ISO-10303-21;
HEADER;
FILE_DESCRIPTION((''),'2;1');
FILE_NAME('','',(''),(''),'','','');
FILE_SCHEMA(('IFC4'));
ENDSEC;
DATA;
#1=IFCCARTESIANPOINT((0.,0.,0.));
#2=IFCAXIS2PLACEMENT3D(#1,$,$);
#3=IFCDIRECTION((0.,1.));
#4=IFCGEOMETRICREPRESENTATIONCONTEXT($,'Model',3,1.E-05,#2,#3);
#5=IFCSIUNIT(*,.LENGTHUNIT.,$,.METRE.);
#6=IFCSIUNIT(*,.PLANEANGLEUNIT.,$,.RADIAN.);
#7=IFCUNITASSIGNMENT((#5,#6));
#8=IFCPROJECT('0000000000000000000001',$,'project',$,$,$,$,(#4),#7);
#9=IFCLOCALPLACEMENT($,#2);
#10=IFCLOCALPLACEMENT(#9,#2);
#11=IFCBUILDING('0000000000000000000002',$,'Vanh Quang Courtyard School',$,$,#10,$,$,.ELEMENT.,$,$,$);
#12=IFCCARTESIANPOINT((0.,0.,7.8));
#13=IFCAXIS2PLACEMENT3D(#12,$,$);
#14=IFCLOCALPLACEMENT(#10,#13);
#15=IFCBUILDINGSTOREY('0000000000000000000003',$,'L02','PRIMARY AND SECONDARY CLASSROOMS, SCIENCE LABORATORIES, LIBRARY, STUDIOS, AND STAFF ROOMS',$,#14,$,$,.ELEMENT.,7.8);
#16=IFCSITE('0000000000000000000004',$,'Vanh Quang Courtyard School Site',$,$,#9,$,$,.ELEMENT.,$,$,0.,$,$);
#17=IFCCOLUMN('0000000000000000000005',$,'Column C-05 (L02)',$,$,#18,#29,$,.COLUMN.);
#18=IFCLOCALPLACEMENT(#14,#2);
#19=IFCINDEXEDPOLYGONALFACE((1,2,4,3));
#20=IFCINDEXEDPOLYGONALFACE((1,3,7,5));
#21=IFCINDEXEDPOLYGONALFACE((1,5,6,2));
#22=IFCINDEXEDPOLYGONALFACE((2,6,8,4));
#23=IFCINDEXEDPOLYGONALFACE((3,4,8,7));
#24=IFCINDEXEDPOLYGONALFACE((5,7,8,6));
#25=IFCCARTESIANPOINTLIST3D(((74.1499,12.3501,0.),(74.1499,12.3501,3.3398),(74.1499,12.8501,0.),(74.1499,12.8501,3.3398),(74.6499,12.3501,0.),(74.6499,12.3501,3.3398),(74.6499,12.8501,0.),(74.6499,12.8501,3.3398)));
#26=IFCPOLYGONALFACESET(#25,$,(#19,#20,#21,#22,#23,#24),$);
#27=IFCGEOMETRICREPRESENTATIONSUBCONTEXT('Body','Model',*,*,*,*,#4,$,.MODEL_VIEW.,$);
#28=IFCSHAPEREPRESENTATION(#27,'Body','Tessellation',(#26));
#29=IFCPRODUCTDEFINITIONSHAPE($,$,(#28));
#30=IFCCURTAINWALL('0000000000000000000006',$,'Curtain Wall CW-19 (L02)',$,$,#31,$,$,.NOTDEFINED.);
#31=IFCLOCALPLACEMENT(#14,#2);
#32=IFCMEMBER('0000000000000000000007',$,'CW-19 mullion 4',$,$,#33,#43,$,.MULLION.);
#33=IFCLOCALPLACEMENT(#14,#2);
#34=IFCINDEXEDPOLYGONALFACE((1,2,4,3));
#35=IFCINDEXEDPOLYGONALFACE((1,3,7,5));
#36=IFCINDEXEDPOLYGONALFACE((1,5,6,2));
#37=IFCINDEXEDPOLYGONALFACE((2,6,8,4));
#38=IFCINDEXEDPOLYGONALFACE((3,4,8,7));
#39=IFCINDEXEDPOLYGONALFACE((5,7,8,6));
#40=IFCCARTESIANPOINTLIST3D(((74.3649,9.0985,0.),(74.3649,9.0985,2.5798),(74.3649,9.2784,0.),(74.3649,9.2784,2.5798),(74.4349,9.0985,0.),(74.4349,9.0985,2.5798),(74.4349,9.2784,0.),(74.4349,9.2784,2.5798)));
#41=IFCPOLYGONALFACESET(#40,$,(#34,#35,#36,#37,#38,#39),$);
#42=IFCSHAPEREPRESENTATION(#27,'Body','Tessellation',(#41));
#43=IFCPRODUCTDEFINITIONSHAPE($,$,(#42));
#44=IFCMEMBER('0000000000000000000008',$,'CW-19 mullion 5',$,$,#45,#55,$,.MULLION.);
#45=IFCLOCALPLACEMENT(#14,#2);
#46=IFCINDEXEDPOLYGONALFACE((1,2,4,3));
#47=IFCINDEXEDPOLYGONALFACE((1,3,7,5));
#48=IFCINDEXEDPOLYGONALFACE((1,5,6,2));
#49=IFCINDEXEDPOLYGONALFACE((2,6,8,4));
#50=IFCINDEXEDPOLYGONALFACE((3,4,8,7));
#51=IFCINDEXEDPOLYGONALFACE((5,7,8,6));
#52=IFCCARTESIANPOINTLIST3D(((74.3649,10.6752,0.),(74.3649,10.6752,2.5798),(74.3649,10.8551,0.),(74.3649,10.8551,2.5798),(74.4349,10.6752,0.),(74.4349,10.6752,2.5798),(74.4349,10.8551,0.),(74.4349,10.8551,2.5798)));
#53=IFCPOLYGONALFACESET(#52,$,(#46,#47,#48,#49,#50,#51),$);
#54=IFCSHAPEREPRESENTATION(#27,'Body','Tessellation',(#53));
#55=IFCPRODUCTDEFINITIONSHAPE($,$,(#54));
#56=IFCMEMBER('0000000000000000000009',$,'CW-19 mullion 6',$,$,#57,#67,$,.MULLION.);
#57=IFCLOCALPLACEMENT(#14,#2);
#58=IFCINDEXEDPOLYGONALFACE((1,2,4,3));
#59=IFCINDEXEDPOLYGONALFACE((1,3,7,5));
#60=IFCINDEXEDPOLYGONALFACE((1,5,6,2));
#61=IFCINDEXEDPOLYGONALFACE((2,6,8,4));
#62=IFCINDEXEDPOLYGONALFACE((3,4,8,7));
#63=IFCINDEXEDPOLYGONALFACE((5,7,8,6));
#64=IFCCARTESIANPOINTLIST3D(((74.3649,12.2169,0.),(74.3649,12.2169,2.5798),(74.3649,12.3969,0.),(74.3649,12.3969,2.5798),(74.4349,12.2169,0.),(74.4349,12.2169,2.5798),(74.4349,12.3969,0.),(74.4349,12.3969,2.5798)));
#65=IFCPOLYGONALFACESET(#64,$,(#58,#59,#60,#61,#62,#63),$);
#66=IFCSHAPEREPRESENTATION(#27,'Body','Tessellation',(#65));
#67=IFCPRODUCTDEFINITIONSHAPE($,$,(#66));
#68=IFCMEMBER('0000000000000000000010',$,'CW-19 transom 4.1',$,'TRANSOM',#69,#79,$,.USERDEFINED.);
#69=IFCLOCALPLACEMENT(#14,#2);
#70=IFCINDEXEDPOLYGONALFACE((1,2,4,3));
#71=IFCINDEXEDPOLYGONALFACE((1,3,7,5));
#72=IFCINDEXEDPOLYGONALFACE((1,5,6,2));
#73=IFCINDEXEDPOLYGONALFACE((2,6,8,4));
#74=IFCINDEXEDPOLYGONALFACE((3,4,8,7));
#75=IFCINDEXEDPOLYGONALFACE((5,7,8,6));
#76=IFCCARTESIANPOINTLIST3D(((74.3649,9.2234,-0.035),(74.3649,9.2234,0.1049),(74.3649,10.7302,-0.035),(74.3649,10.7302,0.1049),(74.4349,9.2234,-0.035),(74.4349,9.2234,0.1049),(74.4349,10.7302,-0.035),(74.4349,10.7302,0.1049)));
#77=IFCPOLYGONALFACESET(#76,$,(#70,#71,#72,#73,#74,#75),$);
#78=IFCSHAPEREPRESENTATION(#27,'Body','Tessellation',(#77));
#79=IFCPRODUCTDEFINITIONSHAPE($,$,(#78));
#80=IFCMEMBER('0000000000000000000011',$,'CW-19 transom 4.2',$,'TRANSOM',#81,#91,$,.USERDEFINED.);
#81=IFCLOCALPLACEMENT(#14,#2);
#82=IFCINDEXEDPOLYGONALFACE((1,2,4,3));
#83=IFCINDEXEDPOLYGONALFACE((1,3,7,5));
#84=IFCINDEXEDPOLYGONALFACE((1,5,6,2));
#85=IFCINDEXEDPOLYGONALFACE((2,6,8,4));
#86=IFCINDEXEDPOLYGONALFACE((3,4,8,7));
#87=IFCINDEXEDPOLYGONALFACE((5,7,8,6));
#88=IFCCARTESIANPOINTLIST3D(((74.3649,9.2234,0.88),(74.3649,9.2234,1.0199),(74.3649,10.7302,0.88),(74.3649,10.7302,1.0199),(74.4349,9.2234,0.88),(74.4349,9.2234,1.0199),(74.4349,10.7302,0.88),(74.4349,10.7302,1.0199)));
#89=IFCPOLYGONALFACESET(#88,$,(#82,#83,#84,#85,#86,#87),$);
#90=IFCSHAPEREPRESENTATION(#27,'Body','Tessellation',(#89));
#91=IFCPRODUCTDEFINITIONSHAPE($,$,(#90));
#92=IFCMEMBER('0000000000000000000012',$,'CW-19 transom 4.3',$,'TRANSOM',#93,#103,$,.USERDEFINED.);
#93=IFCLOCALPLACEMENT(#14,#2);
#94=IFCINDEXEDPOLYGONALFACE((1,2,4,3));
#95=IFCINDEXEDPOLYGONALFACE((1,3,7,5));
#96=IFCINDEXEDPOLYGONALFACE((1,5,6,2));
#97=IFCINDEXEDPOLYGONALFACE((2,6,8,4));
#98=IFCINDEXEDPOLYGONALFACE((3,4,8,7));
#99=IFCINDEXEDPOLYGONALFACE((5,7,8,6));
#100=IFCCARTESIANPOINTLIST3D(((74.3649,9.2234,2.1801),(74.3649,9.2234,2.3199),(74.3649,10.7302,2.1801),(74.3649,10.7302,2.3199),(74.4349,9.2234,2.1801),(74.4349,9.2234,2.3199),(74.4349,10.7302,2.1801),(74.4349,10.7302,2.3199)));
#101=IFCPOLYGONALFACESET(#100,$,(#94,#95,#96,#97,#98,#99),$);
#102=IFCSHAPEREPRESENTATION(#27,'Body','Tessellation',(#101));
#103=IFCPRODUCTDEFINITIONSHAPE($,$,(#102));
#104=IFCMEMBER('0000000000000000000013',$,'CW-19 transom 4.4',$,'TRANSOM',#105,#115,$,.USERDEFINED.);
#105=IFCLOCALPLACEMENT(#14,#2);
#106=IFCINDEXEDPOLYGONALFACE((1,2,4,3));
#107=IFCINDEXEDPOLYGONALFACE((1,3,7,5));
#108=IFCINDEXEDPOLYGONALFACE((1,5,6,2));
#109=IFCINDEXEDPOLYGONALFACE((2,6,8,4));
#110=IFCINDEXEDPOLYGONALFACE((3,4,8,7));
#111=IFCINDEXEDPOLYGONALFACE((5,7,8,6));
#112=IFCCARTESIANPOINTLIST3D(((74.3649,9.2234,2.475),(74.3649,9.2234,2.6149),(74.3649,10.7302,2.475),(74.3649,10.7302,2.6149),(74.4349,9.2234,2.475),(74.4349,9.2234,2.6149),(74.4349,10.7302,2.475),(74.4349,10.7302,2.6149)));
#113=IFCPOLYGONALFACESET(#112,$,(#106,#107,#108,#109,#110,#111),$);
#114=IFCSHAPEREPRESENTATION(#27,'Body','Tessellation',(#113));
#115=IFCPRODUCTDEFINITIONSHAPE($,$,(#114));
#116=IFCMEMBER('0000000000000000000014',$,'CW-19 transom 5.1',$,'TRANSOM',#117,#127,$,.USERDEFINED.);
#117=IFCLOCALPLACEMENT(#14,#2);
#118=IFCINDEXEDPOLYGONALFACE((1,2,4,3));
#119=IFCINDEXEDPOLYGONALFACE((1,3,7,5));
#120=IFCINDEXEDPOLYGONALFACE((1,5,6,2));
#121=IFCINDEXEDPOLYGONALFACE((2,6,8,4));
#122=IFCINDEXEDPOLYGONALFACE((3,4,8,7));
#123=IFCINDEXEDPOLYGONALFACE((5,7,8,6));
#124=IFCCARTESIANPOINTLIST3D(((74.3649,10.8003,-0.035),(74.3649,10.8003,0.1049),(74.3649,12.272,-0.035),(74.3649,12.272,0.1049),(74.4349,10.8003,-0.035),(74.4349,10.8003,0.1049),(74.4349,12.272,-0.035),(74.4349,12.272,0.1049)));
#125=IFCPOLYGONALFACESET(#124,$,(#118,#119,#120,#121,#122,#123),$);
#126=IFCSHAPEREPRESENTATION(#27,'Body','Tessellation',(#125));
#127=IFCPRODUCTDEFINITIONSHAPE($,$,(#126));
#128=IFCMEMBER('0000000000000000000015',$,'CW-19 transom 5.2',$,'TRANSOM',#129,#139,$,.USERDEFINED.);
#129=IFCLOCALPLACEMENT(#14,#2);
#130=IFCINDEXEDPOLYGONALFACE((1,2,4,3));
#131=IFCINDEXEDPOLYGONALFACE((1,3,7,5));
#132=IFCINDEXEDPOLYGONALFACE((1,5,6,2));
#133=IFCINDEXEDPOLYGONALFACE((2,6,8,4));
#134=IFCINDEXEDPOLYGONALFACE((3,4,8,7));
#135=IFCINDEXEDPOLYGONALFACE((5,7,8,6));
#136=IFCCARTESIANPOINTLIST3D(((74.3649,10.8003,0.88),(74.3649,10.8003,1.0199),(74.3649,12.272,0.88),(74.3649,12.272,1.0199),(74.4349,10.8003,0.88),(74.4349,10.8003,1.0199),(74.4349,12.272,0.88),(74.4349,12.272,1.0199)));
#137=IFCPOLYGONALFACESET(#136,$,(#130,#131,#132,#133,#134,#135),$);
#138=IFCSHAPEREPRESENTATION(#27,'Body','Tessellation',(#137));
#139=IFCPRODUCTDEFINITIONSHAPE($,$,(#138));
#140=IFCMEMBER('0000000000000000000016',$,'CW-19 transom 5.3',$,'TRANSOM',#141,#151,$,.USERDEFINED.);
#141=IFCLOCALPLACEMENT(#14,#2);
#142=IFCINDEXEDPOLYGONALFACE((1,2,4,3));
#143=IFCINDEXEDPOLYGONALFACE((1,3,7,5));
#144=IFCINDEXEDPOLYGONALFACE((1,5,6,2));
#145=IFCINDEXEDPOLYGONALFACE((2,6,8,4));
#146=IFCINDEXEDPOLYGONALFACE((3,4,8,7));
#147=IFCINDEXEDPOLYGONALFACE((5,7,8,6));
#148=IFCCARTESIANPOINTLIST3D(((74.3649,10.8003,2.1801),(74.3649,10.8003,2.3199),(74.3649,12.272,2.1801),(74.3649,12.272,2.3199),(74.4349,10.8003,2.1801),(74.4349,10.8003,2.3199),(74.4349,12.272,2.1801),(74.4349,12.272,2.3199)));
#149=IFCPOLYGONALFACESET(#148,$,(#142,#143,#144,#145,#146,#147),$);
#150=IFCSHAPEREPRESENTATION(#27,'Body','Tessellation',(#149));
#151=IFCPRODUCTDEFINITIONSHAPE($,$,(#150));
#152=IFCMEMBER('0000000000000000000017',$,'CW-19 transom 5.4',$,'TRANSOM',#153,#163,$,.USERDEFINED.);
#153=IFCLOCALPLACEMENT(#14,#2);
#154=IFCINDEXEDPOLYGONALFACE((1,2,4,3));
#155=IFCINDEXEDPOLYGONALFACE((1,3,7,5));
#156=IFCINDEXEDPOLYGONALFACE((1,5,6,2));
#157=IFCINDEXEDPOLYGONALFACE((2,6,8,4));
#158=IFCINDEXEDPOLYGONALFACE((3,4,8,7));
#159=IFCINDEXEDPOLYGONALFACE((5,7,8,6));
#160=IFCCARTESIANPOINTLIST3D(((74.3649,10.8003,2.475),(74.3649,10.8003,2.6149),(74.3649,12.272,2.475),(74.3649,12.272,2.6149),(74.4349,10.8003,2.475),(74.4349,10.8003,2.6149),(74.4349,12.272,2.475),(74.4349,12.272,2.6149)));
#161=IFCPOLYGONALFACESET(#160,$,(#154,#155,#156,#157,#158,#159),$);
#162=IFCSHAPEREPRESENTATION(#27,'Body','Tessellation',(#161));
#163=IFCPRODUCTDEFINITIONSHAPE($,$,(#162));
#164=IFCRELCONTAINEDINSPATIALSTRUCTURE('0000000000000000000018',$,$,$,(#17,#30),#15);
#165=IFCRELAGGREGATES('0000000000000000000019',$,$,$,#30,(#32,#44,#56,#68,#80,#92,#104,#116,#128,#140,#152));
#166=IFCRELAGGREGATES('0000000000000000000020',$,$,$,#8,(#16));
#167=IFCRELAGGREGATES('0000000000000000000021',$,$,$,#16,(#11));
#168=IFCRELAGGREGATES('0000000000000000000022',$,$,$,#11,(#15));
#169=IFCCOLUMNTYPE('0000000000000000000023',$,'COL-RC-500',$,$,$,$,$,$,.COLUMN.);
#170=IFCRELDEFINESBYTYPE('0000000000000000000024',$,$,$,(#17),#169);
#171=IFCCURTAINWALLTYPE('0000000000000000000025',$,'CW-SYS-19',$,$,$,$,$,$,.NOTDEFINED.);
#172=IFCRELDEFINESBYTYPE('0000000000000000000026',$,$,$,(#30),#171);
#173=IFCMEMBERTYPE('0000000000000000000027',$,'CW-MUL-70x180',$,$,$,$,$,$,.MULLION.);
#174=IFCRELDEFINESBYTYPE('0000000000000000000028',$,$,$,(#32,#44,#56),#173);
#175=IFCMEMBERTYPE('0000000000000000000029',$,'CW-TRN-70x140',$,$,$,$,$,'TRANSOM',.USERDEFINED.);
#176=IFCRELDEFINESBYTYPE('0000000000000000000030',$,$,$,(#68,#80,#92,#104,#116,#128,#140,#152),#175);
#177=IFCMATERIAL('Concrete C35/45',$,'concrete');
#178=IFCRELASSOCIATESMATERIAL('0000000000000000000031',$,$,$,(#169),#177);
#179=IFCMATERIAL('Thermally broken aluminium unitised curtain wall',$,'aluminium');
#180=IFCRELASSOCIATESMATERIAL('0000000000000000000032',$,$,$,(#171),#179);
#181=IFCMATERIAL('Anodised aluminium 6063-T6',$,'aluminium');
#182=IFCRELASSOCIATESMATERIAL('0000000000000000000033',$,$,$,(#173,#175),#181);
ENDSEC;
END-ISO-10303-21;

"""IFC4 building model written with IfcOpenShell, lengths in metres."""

from ifc_helpers import new_model, si_unit, direction, frame, origin, origin_2d, place, context, subcontext, project, spatial, rectangle, extrude, material, material_profile, profile_set, type_object, element, aggregate, save


model = new_model("IFC4")

# Units and contexts
model_context = context("Model", 3, precision=1e-05, world=origin(), true_north=direction((0.0, 1.0)))
body_context = subcontext(model_context, "Body", "Model", "MODEL_VIEW")
ifc_project = project(units=[si_unit("LENGTHUNIT", "METRE"), si_unit("PLANEANGLEUNIT", "RADIAN")], contexts=[model_context])

# Site, building, storey
site_placement = place(None, origin())
site = spatial("IfcSite", under=ifc_project, at=site_placement, Name="Vanh Quang Courtyard School Site", CompositionType="ELEMENT", RefElevation=0.0)
building_placement = place(site_placement, origin())
building = spatial("IfcBuilding", under=site, at=building_placement, Name="Vanh Quang Courtyard School", CompositionType="ELEMENT")
storey_placement = place(building_placement, frame((0.0, 0.0, 7.8)))
storey = spatial("IfcBuildingStorey", under=building, at=storey_placement, Name="L02", Description="PRIMARY AND SECONDARY CLASSROOMS, SCIENCE LABORATORIES, LIBRARY, STUDIOS, AND STAFF ROOMS", CompositionType="ELEMENT", Elevation=7.8)

# Column
ifc_material_1 = material(Name="Concrete C35/45", Category="concrete")
ifc_material_profile_1 = material_profile(ifc_material_1, rectangle(XDim=0.5, YDim=0.5, at=origin_2d()), Name="RC-COL 500x500")
ifc_profile_set_1 = profile_set([ifc_material_profile_1], Name="Concrete C35/45")
column_type = type_object("IfcColumnType", Name="COL-RC-500", PredefinedType="COLUMN", material=ifc_profile_set_1)
column_placement = place(storey_placement, frame((74.3999, 12.6001, 0.0), z_axis=(0.0, 0.0, 1.0), x_axis=(1.0, 0.0, 0.0)))
element("IfcColumn", 1, at=column_placement, inside=storey, type_object=column_type, Name="Column C-05 (L02)", PredefinedType="COLUMN", context=body_context, shape_type="SweptSolid", body=[
    extrude(rectangle(XDim=0.5, YDim=0.5, at=origin_2d()), origin(), (0.0, 0.0, 1.0), 3.3398),
])

# Curtain wall, members
ifc_material_2 = material(Name="Thermally broken aluminium unitised curtain wall", Category="aluminium")
curtain_wall_type = type_object("IfcCurtainWallType", Name="CW-SYS-19", PredefinedType="NOTDEFINED", material=ifc_material_2)
curtain_wall_placement = place(storey_placement, origin())
curtain_wall = element("IfcCurtainWall", 2, at=curtain_wall_placement, inside=storey, type_object=curtain_wall_type, Name="Curtain Wall CW-19 (L02)", PredefinedType="NOTDEFINED")
ifc_material_3 = material(Name="Anodised aluminium 6063-T6", Category="aluminium")
ifc_material_profile_2 = material_profile(ifc_material_3, rectangle(XDim=0.0701, YDim=0.1799, at=origin_2d()), Name="ALU-MUL 70x180")
ifc_profile_set_2 = profile_set([ifc_material_profile_2], Name="Anodised aluminium 6063-T6")
member_type_1 = type_object("IfcMemberType", Name="CW-MUL-70x180", PredefinedType="MULLION", material=ifc_profile_set_2)
member_1_placement = place(storey_placement, frame((74.3999, 9.1885, 0.0), z_axis=(0.0, 0.0, 1.0), x_axis=(-1.0, 0.0, 0.0)))
member_1 = element("IfcMember", 3, at=member_1_placement, type_object=member_type_1, Name="CW-19 mullion 4", PredefinedType="MULLION", context=body_context, shape_type="SweptSolid", body=[
    extrude(rectangle(XDim=0.0701, YDim=0.1799, at=origin_2d()), origin(), (0.0, 0.0, 1.0), 2.5798),
])
member_2_placement = place(storey_placement, frame((74.3999, 10.7651, 0.0), z_axis=(0.0, 0.0, 1.0), x_axis=(-1.0, 0.0, 0.0)))
member_2 = element("IfcMember", 4, at=member_2_placement, type_object=member_type_1, Name="CW-19 mullion 5", PredefinedType="MULLION", context=body_context, shape_type="SweptSolid", body=[
    extrude(rectangle(XDim=0.0701, YDim=0.1799, at=origin_2d()), origin(), (0.0, 0.0, 1.0), 2.5798),
])
member_3_placement = place(storey_placement, frame((74.3999, 12.3069, 0.0), z_axis=(0.0, 0.0, 1.0), x_axis=(-1.0, 0.0, 0.0)))
member_3 = element("IfcMember", 5, at=member_3_placement, type_object=member_type_1, Name="CW-19 mullion 6", PredefinedType="MULLION", context=body_context, shape_type="SweptSolid", body=[
    extrude(rectangle(XDim=0.0701, YDim=0.1799, at=origin_2d()), origin(), (0.0, 0.0, 1.0), 2.5798),
])
ifc_material_profile_3 = material_profile(ifc_material_3, rectangle(XDim=0.0701, YDim=0.1399, at=origin_2d()), Name="ALU-TRN 70x140")
ifc_profile_set_3 = profile_set([ifc_material_profile_3], Name="Anodised aluminium 6063-T6")
member_type_2 = type_object("IfcMemberType", Name="CW-TRN-70x140", ElementType="TRANSOM", PredefinedType="USERDEFINED", material=ifc_profile_set_3)
member_4_placement = place(storey_placement, frame((74.3999, 9.2234, 0.0349), z_axis=(0.0, 1.0, 0.0), x_axis=(-1.0, 0.0, 0.0)))
member_4 = element("IfcMember", 6, at=member_4_placement, type_object=member_type_2, Name="CW-19 transom 4.1", ObjectType="TRANSOM", PredefinedType="USERDEFINED", context=body_context, shape_type="SweptSolid", body=[
    extrude(rectangle(XDim=0.0701, YDim=0.1399, at=origin_2d()), origin(), (0.0, 0.0, 1.0), 1.5068),
])
member_5_placement = place(storey_placement, frame((74.3999, 9.2234, 0.95), z_axis=(0.0, 1.0, 0.0), x_axis=(-1.0, 0.0, 0.0)))
member_5 = element("IfcMember", 7, at=member_5_placement, type_object=member_type_2, Name="CW-19 transom 4.2", ObjectType="TRANSOM", PredefinedType="USERDEFINED", context=body_context, shape_type="SweptSolid", body=[
    extrude(rectangle(XDim=0.0701, YDim=0.1399, at=origin_2d()), origin(), (0.0, 0.0, 1.0), 1.5068),
])
member_6_placement = place(storey_placement, frame((74.3999, 9.2234, 2.25), z_axis=(0.0, 1.0, 0.0), x_axis=(-1.0, 0.0, 0.0)))
member_6 = element("IfcMember", 8, at=member_6_placement, type_object=member_type_2, Name="CW-19 transom 4.3", ObjectType="TRANSOM", PredefinedType="USERDEFINED", context=body_context, shape_type="SweptSolid", body=[
    extrude(rectangle(XDim=0.0701, YDim=0.1399, at=origin_2d()), origin(), (0.0, 0.0, 1.0), 1.5068),
])
member_7_placement = place(storey_placement, frame((74.3999, 9.2234, 2.5449), z_axis=(0.0, 1.0, 0.0), x_axis=(-1.0, 0.0, 0.0)))
member_7 = element("IfcMember", 9, at=member_7_placement, type_object=member_type_2, Name="CW-19 transom 4.4", ObjectType="TRANSOM", PredefinedType="USERDEFINED", context=body_context, shape_type="SweptSolid", body=[
    extrude(rectangle(XDim=0.0701, YDim=0.1399, at=origin_2d()), origin(), (0.0, 0.0, 1.0), 1.5068),
])
member_8_placement = place(storey_placement, frame((74.3999, 10.8003, 0.0349), z_axis=(0.0, 1.0, 0.0), x_axis=(-1.0, 0.0, 0.0)))
member_8 = element("IfcMember", 10, at=member_8_placement, type_object=member_type_2, Name="CW-19 transom 5.1", ObjectType="TRANSOM", PredefinedType="USERDEFINED", context=body_context, shape_type="SweptSolid", body=[
    extrude(rectangle(XDim=0.0701, YDim=0.1399, at=origin_2d()), origin(), (0.0, 0.0, 1.0), 1.4717),
])
member_9_placement = place(storey_placement, frame((74.3999, 10.8003, 0.95), z_axis=(0.0, 1.0, 0.0), x_axis=(-1.0, 0.0, 0.0)))
member_9 = element("IfcMember", 11, at=member_9_placement, type_object=member_type_2, Name="CW-19 transom 5.2", ObjectType="TRANSOM", PredefinedType="USERDEFINED", context=body_context, shape_type="SweptSolid", body=[
    extrude(rectangle(XDim=0.0701, YDim=0.1399, at=origin_2d()), origin(), (0.0, 0.0, 1.0), 1.4717),
])
member_10_placement = place(storey_placement, frame((74.3999, 10.8003, 2.25), z_axis=(0.0, 1.0, 0.0), x_axis=(-1.0, 0.0, 0.0)))
member_10 = element("IfcMember", 12, at=member_10_placement, type_object=member_type_2, Name="CW-19 transom 5.3", ObjectType="TRANSOM", PredefinedType="USERDEFINED", context=body_context, shape_type="SweptSolid", body=[
    extrude(rectangle(XDim=0.0701, YDim=0.1399, at=origin_2d()), origin(), (0.0, 0.0, 1.0), 1.4717),
])
member_11_placement = place(storey_placement, frame((74.3999, 10.8003, 2.5449), z_axis=(0.0, 1.0, 0.0), x_axis=(-1.0, 0.0, 0.0)))
member_11 = element("IfcMember", 13, at=member_11_placement, type_object=member_type_2, Name="CW-19 transom 5.4", ObjectType="TRANSOM", PredefinedType="USERDEFINED", context=body_context, shape_type="SweptSolid", body=[
    extrude(rectangle(XDim=0.0701, YDim=0.1399, at=origin_2d()), origin(), (0.0, 0.0, 1.0), 1.4717),
])

aggregate(curtain_wall, [member_1, member_2, member_3, member_4, member_5, member_6, member_7, member_8, member_9, member_10, member_11])

save(model, "model.ifc")
